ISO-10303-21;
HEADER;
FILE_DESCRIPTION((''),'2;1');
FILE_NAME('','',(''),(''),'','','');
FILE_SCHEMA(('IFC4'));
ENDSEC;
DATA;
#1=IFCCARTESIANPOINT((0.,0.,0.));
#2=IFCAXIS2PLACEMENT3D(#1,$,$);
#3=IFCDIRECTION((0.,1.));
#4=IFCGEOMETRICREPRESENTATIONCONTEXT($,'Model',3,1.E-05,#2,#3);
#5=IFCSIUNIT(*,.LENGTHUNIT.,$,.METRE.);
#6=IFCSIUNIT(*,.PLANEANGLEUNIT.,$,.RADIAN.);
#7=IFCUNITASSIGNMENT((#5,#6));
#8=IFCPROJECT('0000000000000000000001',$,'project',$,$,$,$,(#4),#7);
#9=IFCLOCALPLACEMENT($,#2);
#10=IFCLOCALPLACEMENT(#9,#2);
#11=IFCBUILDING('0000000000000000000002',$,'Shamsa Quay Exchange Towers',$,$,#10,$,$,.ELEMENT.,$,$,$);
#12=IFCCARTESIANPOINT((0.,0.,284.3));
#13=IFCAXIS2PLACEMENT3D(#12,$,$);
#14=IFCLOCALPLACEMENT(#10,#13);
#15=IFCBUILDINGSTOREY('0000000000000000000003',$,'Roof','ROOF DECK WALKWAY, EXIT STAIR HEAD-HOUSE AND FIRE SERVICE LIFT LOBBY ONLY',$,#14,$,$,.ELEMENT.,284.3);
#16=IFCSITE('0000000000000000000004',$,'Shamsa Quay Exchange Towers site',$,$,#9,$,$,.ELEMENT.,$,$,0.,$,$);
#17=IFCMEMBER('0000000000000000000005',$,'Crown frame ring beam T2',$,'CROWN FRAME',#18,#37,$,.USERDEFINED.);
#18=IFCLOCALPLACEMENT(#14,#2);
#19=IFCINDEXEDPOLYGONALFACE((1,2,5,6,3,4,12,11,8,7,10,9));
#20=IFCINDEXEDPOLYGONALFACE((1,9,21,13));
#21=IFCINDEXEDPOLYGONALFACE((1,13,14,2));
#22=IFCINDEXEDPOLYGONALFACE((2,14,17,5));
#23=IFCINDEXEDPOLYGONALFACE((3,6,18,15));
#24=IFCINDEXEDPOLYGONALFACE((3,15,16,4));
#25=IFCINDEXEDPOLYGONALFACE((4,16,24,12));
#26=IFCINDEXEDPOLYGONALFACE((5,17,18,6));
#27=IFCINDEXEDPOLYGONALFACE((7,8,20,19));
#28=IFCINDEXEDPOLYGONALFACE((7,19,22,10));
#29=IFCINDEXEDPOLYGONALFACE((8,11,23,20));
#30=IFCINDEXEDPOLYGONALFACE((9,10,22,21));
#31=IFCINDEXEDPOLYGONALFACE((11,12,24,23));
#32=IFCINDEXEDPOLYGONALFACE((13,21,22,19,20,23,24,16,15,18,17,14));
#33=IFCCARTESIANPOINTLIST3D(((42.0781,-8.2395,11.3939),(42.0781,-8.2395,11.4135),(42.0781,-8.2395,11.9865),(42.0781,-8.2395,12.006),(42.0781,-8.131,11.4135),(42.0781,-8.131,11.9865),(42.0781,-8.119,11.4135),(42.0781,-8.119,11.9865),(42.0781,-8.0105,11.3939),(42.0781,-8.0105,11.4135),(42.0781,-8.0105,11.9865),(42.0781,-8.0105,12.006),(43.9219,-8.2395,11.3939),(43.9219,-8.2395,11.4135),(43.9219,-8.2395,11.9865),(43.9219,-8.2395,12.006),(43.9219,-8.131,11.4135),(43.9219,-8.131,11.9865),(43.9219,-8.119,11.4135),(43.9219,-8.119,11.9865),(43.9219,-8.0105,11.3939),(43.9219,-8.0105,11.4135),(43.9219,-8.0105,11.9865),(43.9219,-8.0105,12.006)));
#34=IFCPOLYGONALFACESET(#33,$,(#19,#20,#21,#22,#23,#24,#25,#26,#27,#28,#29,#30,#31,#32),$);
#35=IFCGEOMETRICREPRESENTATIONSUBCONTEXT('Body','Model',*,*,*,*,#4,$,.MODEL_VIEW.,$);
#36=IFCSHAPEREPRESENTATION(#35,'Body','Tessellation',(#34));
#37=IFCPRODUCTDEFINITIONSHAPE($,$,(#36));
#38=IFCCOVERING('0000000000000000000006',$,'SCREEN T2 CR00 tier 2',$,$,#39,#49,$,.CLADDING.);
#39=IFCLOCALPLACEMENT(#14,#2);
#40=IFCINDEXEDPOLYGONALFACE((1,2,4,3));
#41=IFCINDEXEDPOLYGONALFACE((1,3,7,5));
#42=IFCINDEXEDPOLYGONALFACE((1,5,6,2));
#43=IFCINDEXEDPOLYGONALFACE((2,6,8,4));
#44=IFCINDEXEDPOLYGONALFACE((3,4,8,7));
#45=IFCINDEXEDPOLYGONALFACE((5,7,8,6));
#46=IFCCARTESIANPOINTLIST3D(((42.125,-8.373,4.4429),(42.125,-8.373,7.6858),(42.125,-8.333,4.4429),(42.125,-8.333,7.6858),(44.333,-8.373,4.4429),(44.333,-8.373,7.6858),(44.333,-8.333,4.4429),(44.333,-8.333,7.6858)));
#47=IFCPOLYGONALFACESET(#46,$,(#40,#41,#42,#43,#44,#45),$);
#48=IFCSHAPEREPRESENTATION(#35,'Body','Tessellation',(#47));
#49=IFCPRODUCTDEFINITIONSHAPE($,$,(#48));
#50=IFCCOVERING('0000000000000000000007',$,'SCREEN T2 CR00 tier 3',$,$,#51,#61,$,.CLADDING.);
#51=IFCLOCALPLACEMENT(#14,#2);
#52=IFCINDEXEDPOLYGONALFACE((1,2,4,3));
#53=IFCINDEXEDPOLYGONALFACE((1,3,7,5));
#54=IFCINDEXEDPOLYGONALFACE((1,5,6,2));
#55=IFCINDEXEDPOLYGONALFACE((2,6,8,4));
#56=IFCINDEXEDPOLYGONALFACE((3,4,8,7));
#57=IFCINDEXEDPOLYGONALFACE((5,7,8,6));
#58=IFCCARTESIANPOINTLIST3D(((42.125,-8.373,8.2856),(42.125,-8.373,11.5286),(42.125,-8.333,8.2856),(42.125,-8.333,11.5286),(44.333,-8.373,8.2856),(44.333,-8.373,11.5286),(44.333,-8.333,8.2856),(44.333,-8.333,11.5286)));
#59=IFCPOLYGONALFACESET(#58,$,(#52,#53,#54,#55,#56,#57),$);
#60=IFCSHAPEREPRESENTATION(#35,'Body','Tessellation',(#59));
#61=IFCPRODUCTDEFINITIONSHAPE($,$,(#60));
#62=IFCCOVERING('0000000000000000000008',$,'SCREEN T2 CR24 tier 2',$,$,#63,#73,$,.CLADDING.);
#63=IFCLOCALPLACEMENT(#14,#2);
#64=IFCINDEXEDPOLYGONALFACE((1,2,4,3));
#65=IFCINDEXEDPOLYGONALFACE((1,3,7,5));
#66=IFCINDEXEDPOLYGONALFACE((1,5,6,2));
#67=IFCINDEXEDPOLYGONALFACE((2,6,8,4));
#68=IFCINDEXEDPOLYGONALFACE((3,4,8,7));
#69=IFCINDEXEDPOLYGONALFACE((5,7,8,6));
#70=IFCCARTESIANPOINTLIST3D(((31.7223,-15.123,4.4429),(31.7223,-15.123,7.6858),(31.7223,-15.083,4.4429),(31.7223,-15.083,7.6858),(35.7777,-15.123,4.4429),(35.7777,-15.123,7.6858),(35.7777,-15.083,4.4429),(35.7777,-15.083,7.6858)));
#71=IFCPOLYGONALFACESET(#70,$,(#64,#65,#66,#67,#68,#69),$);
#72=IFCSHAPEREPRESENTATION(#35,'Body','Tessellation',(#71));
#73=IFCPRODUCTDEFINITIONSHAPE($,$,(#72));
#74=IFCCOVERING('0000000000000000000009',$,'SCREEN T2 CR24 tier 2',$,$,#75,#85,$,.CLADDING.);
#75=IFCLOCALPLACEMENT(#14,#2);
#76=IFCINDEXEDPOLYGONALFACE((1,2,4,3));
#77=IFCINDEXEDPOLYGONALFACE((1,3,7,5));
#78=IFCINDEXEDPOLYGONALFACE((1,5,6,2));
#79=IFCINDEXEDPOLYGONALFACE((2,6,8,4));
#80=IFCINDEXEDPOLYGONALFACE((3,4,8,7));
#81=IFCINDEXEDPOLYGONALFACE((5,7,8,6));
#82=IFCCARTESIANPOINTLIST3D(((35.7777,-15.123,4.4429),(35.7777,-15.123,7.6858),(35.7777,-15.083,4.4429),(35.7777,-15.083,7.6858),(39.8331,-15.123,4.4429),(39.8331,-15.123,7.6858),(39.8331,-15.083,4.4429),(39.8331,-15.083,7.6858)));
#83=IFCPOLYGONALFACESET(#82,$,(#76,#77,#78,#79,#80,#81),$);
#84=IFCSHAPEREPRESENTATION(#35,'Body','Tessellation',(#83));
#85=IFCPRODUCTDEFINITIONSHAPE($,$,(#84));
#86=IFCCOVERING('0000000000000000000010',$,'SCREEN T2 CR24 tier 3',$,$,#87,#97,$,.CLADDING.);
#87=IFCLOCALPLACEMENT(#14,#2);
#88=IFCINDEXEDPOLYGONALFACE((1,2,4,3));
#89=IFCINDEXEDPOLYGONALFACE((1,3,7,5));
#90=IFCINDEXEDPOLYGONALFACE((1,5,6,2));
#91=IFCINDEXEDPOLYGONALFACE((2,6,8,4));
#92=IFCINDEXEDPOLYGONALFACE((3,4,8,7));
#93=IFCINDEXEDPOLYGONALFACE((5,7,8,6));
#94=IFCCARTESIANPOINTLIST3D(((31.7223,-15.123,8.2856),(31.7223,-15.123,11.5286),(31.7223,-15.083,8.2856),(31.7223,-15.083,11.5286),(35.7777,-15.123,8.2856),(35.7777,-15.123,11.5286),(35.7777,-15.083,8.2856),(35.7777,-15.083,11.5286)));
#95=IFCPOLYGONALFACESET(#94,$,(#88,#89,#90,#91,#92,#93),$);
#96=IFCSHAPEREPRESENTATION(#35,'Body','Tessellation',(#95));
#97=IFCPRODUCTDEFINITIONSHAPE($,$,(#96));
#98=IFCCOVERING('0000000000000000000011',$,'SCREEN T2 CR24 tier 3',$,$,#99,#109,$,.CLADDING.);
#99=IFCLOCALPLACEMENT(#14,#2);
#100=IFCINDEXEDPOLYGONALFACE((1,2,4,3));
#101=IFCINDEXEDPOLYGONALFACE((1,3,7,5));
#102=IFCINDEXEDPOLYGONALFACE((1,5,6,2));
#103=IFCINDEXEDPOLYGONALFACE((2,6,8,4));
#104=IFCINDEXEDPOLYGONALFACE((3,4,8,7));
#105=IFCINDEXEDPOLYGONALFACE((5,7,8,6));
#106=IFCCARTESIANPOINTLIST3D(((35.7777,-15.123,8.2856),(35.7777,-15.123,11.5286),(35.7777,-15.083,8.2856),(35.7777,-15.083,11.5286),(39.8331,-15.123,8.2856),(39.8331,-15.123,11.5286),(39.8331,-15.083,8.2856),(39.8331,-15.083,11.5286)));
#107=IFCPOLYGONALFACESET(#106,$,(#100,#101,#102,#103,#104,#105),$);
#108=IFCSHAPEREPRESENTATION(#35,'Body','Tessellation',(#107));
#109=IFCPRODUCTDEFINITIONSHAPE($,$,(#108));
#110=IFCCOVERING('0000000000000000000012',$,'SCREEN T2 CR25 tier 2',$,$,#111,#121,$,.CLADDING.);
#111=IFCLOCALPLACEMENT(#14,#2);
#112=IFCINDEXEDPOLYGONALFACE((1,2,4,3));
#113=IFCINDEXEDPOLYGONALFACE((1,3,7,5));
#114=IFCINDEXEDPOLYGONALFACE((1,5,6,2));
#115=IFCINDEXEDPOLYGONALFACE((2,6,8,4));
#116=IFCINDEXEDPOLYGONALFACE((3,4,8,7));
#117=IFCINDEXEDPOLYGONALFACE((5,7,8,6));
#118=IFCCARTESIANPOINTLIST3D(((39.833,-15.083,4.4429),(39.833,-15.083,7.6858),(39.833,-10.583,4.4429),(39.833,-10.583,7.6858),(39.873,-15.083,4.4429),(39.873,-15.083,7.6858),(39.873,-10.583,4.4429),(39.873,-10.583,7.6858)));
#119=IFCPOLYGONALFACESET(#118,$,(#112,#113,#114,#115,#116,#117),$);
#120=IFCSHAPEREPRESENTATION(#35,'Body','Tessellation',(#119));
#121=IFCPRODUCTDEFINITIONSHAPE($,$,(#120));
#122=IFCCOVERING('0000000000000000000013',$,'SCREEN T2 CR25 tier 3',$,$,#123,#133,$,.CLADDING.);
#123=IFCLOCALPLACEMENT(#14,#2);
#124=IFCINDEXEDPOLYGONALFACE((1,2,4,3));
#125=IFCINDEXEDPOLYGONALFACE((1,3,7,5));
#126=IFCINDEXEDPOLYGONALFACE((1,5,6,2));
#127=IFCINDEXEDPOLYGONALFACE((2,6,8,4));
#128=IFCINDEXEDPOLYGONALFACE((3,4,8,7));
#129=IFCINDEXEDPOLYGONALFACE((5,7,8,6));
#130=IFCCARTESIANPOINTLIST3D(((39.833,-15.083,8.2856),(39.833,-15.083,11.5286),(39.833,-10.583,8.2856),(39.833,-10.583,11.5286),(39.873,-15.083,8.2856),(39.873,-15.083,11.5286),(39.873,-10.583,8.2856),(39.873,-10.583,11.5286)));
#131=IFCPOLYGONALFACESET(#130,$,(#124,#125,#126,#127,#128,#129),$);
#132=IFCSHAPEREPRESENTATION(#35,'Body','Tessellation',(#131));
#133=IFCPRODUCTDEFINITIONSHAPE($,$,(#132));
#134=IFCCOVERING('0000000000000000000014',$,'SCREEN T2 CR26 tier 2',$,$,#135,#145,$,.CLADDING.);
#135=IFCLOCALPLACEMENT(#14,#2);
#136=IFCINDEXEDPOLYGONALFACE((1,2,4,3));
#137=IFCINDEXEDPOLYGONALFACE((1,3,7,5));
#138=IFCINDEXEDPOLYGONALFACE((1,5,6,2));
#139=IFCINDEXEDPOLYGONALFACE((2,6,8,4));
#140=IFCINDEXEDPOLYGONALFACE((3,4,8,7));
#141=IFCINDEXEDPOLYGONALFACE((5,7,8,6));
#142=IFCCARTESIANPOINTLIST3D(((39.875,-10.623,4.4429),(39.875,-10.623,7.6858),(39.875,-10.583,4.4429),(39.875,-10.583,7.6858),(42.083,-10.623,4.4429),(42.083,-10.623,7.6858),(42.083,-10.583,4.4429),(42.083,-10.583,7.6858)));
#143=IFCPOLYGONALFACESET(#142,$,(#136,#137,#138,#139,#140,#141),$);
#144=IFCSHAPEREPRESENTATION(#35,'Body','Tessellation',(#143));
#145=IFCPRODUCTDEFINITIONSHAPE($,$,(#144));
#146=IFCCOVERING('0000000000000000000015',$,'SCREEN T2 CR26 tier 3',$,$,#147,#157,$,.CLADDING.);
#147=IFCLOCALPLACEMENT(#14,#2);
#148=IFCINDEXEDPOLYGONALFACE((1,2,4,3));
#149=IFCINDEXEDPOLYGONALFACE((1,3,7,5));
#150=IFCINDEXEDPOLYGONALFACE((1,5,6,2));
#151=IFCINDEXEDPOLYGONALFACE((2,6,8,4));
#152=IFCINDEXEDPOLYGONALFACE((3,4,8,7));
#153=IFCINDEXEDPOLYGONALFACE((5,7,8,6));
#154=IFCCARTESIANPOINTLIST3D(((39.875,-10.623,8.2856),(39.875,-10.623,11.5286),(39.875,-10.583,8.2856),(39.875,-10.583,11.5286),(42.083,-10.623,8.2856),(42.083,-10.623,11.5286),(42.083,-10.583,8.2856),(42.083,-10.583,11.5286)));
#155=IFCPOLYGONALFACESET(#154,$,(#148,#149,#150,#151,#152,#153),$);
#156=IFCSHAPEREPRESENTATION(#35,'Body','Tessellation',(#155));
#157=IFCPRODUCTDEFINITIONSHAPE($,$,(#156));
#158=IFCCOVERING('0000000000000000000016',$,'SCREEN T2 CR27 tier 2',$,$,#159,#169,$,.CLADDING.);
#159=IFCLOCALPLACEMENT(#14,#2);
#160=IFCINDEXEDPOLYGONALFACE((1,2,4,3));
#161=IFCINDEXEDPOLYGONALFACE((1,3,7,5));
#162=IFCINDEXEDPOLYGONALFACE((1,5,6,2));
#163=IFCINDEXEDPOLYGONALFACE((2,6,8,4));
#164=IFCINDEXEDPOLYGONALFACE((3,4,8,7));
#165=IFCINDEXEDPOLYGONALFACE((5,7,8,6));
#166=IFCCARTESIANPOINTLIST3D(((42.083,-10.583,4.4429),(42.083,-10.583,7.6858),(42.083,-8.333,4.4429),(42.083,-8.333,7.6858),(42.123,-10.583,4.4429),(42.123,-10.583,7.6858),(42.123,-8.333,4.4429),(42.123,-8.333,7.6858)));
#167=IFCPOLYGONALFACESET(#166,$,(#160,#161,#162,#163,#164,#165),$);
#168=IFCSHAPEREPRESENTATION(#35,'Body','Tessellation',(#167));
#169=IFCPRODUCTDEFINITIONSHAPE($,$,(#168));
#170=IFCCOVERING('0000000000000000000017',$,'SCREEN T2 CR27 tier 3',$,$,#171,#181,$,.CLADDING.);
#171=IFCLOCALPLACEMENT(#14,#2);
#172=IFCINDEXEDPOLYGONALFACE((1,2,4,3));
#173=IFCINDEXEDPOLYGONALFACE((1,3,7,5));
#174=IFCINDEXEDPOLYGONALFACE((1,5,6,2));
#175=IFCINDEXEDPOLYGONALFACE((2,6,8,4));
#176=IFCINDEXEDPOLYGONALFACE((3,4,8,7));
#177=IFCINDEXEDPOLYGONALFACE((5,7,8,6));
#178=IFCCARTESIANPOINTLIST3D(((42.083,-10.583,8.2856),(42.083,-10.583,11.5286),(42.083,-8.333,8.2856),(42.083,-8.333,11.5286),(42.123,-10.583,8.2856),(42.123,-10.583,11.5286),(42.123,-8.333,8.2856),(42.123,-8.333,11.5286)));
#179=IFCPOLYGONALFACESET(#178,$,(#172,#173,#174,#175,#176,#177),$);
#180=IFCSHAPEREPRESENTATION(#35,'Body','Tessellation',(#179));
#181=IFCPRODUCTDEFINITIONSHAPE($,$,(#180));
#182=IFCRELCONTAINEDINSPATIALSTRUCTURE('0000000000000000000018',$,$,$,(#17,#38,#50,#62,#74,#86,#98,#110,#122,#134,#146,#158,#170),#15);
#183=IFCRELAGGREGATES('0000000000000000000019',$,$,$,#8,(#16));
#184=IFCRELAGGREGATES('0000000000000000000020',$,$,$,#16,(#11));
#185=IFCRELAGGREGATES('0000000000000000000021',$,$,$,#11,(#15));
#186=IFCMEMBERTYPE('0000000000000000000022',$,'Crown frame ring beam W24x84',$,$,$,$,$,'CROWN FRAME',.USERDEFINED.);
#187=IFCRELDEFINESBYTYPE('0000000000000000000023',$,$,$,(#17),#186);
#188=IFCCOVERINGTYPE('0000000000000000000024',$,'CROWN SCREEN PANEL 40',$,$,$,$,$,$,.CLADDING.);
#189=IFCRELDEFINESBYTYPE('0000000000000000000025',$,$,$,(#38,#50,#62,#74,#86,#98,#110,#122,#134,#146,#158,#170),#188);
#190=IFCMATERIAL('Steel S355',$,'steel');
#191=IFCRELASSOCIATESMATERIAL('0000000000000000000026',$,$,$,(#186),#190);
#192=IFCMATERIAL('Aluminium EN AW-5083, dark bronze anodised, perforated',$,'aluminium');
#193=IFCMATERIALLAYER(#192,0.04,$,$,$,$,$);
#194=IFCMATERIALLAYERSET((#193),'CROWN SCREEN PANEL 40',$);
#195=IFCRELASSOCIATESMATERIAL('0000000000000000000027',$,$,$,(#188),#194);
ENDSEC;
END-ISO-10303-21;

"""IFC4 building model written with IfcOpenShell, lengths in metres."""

from ifc_helpers import new_model, si_unit, direction, frame, origin, origin_2d, place, context, subcontext, project, spatial, rectangle, i_section, extrude, material, layer, layer_set, material_profile, profile_set, type_object, element, save


model = new_model("IFC4")

# Units and contexts
model_context = context("Model", 3, precision=1e-05, world=origin(), true_north=direction((0.0, 1.0)))
body_context = subcontext(model_context, "Body", "Model", "MODEL_VIEW")
ifc_project = project(units=[si_unit("LENGTHUNIT", "METRE"), si_unit("PLANEANGLEUNIT", "RADIAN")], contexts=[model_context])

# Site, building, storey
site_placement = place(None, origin())
site = spatial("IfcSite", under=ifc_project, at=site_placement, Name="Shamsa Quay Exchange Towers site", CompositionType="ELEMENT", RefElevation=0.0)
building_placement = place(site_placement, origin())
building = spatial("IfcBuilding", under=site, at=building_placement, Name="Shamsa Quay Exchange Towers", CompositionType="ELEMENT")
storey_placement = place(building_placement, frame((0.0, 0.0, 284.3)))
storey = spatial("IfcBuildingStorey", under=building, at=storey_placement, Name="Roof", Description="ROOF DECK WALKWAY, EXIT STAIR HEAD-HOUSE AND FIRE SERVICE LIFT LOBBY ONLY", CompositionType="ELEMENT", Elevation=284.3)

# Member
ifc_material_1 = material(Name="Steel S355", Category="steel")
ifc_material_profile_1 = material_profile(ifc_material_1, i_section(OverallWidth=0.229, OverallDepth=0.6121, WebThickness=0.012, FlangeThickness=0.0195, at=origin_2d()), Name="W24x84")
ifc_profile_set_1 = profile_set([ifc_material_profile_1], Name="Steel S355")
member_type_1 = type_object("IfcMemberType", Name="Crown frame ring beam W24x84", ElementType="CROWN FRAME", PredefinedType="USERDEFINED", material=ifc_profile_set_1)
member_1_placement = place(storey_placement, frame((42.0781, -8.125, 11.7), z_axis=(1.0, 0.0, 0.0), x_axis=(0.0, 1.0, 0.0)))
element("IfcMember", 1, at=member_1_placement, inside=storey, type_object=member_type_1, Name="Crown frame ring beam T2", ObjectType="CROWN FRAME", PredefinedType="USERDEFINED", context=body_context, shape_type="SweptSolid", body=[
    extrude(i_section(OverallWidth=0.229, OverallDepth=0.6121, WebThickness=0.012, FlangeThickness=0.0195, at=origin_2d()), origin(), (0.0, 0.0, 1.0), 1.8438),
])

# Coverings
ifc_material_2 = material(Name="Aluminium EN AW-5083, dark bronze anodised, perforated", Category="aluminium")
ifc_layer = layer(ifc_material_2, 0.04)
ifc_layer_set = layer_set([ifc_layer], Name="CROWN SCREEN PANEL 40")
covering_type = type_object("IfcCoveringType", Name="CROWN SCREEN PANEL 40", PredefinedType="CLADDING", material=ifc_layer_set)
for number, where, name in (
    (2, (43.229, -8.353, 4.4429), "SCREEN T2 CR00 tier 2"),
    (3, (43.229, -8.353, 8.2856), "SCREEN T2 CR00 tier 3"),
):
    element("IfcCovering", number, at=place(storey_placement, frame(where)), inside=storey, type_object=covering_type, Name=name, PredefinedType="CLADDING", context=body_context, shape_type="SweptSolid", body=[
        extrude(rectangle(XDim=2.208, YDim=0.04, at=origin_2d()), origin(), (0.0, 0.0, 1.0), 3.2429),
    ])
for number, where, name in (
    (4, (33.75, -15.103, 4.4429), "SCREEN T2 CR24 tier 2"),
    (5, (37.8054, -15.103, 4.4429), "SCREEN T2 CR24 tier 2"),
    (6, (33.75, -15.103, 8.2856), "SCREEN T2 CR24 tier 3"),
    (7, (37.8054, -15.103, 8.2856), "SCREEN T2 CR24 tier 3"),
):
    element("IfcCovering", number, at=place(storey_placement, frame(where)), inside=storey, type_object=covering_type, Name=name, PredefinedType="CLADDING", context=body_context, shape_type="SweptSolid", body=[
        extrude(rectangle(XDim=4.0554, YDim=0.04, at=origin_2d()), origin(), (0.0, 0.0, 1.0), 3.2429),
    ])
for number, where, z_axis, x_axis, name in (
    (8, (39.853, -12.833, 4.4429), (0.0, 0.0, 1.0), (0.0, 1.0, 0.0), "SCREEN T2 CR25 tier 2"),
    (9, (39.853, -12.833, 8.2856), (0.0, 0.0, 1.0), (0.0, 1.0, 0.0), "SCREEN T2 CR25 tier 3"),
):
    element("IfcCovering", number, at=place(storey_placement, frame(where, z_axis=z_axis, x_axis=x_axis)), inside=storey, type_object=covering_type, Name=name, PredefinedType="CLADDING", context=body_context, shape_type="SweptSolid", body=[
        extrude(rectangle(XDim=4.5, YDim=0.04, at=origin_2d()), origin(), (0.0, 0.0, 1.0), 3.2429),
    ])
for number, where, name in (
    (10, (40.979, -10.603, 4.4429), "SCREEN T2 CR26 tier 2"),
    (11, (40.979, -10.603, 8.2856), "SCREEN T2 CR26 tier 3"),
):
    element("IfcCovering", number, at=place(storey_placement, frame(where)), inside=storey, type_object=covering_type, Name=name, PredefinedType="CLADDING", context=body_context, shape_type="SweptSolid", body=[
        extrude(rectangle(XDim=2.208, YDim=0.04, at=origin_2d()), origin(), (0.0, 0.0, 1.0), 3.2429),
    ])
for number, where, z_axis, x_axis, name in (
    (12, (42.103, -9.458, 4.4429), (0.0, 0.0, 1.0), (0.0, 1.0, 0.0), "SCREEN T2 CR27 tier 2"),
    (13, (42.103, -9.458, 8.2856), (0.0, 0.0, 1.0), (0.0, 1.0, 0.0), "SCREEN T2 CR27 tier 3"),
):
    element("IfcCovering", number, at=place(storey_placement, frame(where, z_axis=z_axis, x_axis=x_axis)), inside=storey, type_object=covering_type, Name=name, PredefinedType="CLADDING", context=body_context, shape_type="SweptSolid", body=[
        extrude(rectangle(XDim=2.25, YDim=0.04, at=origin_2d()), origin(), (0.0, 0.0, 1.0), 3.2429),
    ])

save(model, "model.ifc")
